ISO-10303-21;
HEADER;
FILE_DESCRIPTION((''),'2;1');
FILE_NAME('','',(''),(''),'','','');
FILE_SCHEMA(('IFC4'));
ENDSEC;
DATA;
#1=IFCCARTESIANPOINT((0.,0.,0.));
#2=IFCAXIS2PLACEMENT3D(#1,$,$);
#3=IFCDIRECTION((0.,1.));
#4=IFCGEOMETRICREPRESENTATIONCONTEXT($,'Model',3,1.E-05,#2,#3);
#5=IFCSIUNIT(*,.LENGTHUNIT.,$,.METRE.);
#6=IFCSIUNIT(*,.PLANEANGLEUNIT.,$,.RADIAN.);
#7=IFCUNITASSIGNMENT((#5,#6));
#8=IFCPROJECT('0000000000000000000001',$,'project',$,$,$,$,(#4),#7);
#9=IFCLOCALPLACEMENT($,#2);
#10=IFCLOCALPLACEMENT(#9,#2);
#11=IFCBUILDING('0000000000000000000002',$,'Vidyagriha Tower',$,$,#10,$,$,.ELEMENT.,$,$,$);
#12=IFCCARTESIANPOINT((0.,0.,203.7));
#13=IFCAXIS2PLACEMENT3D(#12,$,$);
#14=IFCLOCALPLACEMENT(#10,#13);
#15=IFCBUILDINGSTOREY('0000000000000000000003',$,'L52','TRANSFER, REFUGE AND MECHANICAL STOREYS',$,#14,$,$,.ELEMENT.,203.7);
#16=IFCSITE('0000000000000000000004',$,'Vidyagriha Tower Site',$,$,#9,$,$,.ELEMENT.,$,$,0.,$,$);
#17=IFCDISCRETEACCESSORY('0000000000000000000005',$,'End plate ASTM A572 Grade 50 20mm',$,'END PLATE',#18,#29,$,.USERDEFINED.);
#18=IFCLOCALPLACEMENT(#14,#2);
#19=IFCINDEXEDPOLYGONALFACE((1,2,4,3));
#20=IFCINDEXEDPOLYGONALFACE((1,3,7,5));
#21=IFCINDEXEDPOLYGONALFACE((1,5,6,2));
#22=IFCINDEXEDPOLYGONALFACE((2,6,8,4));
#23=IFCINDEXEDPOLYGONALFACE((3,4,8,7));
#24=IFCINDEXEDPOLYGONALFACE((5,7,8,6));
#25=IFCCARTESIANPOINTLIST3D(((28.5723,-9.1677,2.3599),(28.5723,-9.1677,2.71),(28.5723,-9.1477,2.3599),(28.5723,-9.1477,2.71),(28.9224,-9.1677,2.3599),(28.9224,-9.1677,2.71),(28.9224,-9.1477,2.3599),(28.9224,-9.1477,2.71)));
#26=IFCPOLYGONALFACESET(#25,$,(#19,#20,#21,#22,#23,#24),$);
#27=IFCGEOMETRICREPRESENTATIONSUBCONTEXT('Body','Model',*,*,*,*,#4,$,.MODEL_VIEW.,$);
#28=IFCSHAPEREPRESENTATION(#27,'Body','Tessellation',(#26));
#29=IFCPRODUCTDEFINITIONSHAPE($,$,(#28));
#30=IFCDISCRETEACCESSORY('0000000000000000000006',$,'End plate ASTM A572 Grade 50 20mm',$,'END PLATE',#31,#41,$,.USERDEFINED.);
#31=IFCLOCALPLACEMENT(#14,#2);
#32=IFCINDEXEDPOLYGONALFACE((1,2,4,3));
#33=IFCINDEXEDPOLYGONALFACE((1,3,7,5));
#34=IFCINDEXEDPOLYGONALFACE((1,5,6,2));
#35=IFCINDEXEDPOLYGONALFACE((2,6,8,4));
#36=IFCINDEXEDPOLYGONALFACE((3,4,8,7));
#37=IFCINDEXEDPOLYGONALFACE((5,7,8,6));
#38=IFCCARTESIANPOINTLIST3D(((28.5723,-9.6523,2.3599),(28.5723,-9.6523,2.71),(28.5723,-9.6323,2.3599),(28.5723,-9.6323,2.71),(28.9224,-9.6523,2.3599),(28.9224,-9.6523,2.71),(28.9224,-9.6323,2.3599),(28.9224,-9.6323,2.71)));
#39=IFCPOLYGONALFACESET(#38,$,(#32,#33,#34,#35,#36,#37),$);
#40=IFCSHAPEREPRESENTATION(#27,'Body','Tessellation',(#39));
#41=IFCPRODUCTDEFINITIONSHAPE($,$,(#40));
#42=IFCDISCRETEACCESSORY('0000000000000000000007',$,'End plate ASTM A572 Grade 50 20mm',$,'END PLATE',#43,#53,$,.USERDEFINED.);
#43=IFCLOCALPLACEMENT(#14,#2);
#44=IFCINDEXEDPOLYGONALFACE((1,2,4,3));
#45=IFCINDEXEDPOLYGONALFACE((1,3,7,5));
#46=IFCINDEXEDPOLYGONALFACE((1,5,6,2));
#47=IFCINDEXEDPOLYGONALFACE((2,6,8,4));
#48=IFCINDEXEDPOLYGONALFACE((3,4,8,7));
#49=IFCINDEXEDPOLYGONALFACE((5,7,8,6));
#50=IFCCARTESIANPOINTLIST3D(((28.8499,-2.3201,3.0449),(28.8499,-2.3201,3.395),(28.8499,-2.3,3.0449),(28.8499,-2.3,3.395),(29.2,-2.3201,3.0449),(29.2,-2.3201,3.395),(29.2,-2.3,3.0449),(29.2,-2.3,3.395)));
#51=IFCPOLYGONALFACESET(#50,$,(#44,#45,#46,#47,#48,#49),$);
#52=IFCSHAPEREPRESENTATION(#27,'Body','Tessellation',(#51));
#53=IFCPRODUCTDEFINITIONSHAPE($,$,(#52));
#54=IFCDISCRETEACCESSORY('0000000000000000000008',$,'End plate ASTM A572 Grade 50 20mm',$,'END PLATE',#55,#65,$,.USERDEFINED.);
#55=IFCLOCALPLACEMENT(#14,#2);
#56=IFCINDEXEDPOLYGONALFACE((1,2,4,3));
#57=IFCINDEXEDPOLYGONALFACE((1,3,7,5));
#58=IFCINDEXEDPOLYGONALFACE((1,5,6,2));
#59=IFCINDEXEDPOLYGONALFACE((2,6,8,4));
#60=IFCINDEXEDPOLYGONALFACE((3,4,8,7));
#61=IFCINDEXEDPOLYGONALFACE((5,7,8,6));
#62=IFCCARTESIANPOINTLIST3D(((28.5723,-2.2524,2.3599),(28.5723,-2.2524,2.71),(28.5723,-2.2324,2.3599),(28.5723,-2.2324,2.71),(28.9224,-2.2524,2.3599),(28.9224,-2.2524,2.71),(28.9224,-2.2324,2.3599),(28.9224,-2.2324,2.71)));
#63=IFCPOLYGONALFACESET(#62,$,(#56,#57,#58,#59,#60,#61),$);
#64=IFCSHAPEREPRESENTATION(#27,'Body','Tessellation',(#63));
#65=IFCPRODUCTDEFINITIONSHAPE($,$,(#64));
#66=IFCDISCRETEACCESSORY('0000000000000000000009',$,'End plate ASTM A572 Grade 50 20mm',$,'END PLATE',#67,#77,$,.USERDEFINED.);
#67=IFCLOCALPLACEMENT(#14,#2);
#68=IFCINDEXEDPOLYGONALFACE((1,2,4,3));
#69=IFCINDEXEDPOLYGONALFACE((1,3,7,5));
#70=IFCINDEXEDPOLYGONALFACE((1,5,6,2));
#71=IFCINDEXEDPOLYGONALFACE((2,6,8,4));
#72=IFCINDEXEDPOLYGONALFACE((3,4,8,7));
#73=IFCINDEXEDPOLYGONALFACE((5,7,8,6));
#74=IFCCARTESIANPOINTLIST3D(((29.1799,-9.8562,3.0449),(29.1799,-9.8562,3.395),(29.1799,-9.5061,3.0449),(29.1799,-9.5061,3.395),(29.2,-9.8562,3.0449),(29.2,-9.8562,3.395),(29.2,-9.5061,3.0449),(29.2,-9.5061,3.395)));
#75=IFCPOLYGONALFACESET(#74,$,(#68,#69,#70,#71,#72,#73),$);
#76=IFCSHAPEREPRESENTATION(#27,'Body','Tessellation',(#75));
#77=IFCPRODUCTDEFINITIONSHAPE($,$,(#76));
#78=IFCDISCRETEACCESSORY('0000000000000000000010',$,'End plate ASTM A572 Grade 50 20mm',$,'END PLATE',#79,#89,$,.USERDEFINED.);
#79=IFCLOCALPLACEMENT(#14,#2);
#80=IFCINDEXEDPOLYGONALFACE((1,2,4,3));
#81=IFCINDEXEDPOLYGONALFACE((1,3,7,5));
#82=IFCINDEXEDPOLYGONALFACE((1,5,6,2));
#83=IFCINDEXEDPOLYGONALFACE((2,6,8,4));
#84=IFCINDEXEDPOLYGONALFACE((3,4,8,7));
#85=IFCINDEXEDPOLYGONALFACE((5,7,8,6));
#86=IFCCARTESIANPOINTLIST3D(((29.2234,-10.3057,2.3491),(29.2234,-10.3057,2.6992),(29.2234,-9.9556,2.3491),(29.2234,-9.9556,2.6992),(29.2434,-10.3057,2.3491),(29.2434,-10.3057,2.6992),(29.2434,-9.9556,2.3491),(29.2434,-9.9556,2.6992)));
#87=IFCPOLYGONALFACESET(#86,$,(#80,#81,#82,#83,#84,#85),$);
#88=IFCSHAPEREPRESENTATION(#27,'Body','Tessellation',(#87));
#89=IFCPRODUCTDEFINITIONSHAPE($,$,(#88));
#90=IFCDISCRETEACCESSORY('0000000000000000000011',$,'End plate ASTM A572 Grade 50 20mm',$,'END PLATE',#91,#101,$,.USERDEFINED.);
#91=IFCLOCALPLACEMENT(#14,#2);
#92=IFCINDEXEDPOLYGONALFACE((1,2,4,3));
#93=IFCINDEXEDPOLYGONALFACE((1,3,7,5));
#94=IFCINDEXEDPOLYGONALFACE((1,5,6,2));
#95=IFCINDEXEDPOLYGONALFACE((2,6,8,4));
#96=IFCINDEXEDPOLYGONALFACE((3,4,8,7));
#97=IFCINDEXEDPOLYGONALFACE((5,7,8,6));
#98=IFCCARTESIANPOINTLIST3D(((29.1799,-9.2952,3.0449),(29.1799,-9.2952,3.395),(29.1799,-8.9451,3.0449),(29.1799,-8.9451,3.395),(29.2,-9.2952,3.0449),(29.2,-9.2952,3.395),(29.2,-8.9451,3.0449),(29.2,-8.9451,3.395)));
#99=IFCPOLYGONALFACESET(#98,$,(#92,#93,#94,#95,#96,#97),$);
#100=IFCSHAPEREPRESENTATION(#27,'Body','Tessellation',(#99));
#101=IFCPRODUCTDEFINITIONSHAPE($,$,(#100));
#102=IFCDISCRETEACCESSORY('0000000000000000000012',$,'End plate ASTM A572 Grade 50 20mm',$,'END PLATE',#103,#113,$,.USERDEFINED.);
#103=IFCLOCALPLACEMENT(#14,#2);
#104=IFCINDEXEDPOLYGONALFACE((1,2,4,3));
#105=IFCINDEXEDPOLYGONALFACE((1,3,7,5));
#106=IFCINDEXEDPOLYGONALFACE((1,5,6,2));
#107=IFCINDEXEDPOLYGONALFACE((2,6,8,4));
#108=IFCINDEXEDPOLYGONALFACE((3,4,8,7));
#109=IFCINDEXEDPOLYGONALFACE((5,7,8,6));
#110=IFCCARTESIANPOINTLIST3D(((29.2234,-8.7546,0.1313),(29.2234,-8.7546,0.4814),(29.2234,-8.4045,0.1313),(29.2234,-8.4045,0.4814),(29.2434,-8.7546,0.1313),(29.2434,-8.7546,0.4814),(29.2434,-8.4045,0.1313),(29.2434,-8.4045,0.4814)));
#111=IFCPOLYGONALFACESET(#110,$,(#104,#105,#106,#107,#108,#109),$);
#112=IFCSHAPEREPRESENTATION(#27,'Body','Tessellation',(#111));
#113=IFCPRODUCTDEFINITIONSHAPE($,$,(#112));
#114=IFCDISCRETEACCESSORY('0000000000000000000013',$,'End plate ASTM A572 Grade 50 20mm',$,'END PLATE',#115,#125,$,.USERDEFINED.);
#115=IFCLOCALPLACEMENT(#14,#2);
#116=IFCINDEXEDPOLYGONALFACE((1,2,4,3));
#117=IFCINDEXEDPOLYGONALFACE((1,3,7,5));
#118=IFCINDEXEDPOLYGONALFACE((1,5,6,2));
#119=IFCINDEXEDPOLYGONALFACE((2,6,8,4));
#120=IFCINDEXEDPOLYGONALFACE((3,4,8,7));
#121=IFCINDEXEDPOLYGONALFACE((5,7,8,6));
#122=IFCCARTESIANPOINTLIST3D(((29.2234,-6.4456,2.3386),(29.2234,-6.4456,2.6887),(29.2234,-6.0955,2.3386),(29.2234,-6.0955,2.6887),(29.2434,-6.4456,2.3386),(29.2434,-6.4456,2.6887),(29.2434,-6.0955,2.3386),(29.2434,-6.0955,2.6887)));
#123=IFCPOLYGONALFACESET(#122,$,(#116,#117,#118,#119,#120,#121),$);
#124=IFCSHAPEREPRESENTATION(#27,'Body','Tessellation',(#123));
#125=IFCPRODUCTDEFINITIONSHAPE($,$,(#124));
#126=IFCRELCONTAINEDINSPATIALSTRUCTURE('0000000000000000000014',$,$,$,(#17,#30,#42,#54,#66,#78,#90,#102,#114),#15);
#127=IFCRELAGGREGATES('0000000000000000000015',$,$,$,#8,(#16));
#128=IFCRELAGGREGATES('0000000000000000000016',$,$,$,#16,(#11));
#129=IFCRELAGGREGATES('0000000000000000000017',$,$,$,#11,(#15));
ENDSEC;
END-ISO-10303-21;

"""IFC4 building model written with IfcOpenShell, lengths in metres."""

from ifc_helpers import new_model, si_unit, direction, frame, origin, origin_2d, place, context, subcontext, project, spatial, rectangle, extrude, element, save


model = new_model("IFC4")

# Units and contexts
model_context = context("Model", 3, precision=1e-05, world=origin(), true_north=direction((0.0, 1.0)))
body_context = subcontext(model_context, "Body", "Model", "MODEL_VIEW")
ifc_project = project(units=[si_unit("LENGTHUNIT", "METRE"), si_unit("PLANEANGLEUNIT", "RADIAN")], contexts=[model_context])

# Site, building, storey
site_placement = place(None, origin())
site = spatial("IfcSite", under=ifc_project, at=site_placement, Name="Vidyagriha Tower Site", CompositionType="ELEMENT", RefElevation=0.0)
building_placement = place(site_placement, origin())
building = spatial("IfcBuilding", under=site, at=building_placement, Name="Vidyagriha Tower", CompositionType="ELEMENT")
storey_placement = place(building_placement, frame((0.0, 0.0, 203.7)))
storey = spatial("IfcBuildingStorey", under=building, at=storey_placement, Name="L52", Description="TRANSFER, REFUGE AND MECHANICAL STOREYS", CompositionType="ELEMENT", Elevation=203.7)

# Discrete accessories
for number, where, name in (
    (1, (28.7473, -9.1577, 2.3599), "End plate ASTM A572 Grade 50 20mm"),
    (2, (28.7473, -9.6423, 2.3599), "End plate ASTM A572 Grade 50 20mm"),
    (3, (29.0249, -2.3101, 3.0449), "End plate ASTM A572 Grade 50 20mm"),
    (4, (28.7473, -2.2424, 2.3599), "End plate ASTM A572 Grade 50 20mm"),
):
    element("IfcDiscreteAccessory", number, at=place(storey_placement, frame(where)), inside=storey, Name=name, ObjectType="END PLATE", PredefinedType="USERDEFINED", context=body_context, shape_type="SweptSolid", body=[
        extrude(rectangle(XDim=0.3501, YDim=0.02, at=origin_2d()), origin(), (0.0, 0.0, 1.0), 0.3501),
    ])
for number, where, z_axis, x_axis, name in (
    (5, (29.1899, -9.6812, 3.0449), (0.0, 0.0, 1.0), (0.0, 1.0, 0.0), "End plate ASTM A572 Grade 50 20mm"),
    (6, (29.2334, -10.1306, 2.3491), (0.0, 0.0, 1.0), (0.0, 1.0, 0.0), "End plate ASTM A572 Grade 50 20mm"),
    (7, (29.1899, -9.1201, 3.0449), (0.0, 0.0, 1.0), (0.0, -1.0, 0.0), "End plate ASTM A572 Grade 50 20mm"),
    (8, (29.2334, -8.5796, 0.1313), (0.0, 0.0, 1.0), (0.0, -1.0, 0.0), "End plate ASTM A572 Grade 50 20mm"),
    (9, (29.2334, -6.2705, 2.3386), (0.0, 0.0, 1.0), (0.0, 1.0, 0.0), "End plate ASTM A572 Grade 50 20mm"),
):
    element("IfcDiscreteAccessory", number, at=place(storey_placement, frame(where, z_axis=z_axis, x_axis=x_axis)), inside=storey, Name=name, ObjectType="END PLATE", PredefinedType="USERDEFINED", context=body_context, shape_type="SweptSolid", body=[
        extrude(rectangle(XDim=0.3501, YDim=0.02, at=origin_2d()), origin(), (0.0, 0.0, 1.0), 0.3501),
    ])

save(model, "model.ifc")
